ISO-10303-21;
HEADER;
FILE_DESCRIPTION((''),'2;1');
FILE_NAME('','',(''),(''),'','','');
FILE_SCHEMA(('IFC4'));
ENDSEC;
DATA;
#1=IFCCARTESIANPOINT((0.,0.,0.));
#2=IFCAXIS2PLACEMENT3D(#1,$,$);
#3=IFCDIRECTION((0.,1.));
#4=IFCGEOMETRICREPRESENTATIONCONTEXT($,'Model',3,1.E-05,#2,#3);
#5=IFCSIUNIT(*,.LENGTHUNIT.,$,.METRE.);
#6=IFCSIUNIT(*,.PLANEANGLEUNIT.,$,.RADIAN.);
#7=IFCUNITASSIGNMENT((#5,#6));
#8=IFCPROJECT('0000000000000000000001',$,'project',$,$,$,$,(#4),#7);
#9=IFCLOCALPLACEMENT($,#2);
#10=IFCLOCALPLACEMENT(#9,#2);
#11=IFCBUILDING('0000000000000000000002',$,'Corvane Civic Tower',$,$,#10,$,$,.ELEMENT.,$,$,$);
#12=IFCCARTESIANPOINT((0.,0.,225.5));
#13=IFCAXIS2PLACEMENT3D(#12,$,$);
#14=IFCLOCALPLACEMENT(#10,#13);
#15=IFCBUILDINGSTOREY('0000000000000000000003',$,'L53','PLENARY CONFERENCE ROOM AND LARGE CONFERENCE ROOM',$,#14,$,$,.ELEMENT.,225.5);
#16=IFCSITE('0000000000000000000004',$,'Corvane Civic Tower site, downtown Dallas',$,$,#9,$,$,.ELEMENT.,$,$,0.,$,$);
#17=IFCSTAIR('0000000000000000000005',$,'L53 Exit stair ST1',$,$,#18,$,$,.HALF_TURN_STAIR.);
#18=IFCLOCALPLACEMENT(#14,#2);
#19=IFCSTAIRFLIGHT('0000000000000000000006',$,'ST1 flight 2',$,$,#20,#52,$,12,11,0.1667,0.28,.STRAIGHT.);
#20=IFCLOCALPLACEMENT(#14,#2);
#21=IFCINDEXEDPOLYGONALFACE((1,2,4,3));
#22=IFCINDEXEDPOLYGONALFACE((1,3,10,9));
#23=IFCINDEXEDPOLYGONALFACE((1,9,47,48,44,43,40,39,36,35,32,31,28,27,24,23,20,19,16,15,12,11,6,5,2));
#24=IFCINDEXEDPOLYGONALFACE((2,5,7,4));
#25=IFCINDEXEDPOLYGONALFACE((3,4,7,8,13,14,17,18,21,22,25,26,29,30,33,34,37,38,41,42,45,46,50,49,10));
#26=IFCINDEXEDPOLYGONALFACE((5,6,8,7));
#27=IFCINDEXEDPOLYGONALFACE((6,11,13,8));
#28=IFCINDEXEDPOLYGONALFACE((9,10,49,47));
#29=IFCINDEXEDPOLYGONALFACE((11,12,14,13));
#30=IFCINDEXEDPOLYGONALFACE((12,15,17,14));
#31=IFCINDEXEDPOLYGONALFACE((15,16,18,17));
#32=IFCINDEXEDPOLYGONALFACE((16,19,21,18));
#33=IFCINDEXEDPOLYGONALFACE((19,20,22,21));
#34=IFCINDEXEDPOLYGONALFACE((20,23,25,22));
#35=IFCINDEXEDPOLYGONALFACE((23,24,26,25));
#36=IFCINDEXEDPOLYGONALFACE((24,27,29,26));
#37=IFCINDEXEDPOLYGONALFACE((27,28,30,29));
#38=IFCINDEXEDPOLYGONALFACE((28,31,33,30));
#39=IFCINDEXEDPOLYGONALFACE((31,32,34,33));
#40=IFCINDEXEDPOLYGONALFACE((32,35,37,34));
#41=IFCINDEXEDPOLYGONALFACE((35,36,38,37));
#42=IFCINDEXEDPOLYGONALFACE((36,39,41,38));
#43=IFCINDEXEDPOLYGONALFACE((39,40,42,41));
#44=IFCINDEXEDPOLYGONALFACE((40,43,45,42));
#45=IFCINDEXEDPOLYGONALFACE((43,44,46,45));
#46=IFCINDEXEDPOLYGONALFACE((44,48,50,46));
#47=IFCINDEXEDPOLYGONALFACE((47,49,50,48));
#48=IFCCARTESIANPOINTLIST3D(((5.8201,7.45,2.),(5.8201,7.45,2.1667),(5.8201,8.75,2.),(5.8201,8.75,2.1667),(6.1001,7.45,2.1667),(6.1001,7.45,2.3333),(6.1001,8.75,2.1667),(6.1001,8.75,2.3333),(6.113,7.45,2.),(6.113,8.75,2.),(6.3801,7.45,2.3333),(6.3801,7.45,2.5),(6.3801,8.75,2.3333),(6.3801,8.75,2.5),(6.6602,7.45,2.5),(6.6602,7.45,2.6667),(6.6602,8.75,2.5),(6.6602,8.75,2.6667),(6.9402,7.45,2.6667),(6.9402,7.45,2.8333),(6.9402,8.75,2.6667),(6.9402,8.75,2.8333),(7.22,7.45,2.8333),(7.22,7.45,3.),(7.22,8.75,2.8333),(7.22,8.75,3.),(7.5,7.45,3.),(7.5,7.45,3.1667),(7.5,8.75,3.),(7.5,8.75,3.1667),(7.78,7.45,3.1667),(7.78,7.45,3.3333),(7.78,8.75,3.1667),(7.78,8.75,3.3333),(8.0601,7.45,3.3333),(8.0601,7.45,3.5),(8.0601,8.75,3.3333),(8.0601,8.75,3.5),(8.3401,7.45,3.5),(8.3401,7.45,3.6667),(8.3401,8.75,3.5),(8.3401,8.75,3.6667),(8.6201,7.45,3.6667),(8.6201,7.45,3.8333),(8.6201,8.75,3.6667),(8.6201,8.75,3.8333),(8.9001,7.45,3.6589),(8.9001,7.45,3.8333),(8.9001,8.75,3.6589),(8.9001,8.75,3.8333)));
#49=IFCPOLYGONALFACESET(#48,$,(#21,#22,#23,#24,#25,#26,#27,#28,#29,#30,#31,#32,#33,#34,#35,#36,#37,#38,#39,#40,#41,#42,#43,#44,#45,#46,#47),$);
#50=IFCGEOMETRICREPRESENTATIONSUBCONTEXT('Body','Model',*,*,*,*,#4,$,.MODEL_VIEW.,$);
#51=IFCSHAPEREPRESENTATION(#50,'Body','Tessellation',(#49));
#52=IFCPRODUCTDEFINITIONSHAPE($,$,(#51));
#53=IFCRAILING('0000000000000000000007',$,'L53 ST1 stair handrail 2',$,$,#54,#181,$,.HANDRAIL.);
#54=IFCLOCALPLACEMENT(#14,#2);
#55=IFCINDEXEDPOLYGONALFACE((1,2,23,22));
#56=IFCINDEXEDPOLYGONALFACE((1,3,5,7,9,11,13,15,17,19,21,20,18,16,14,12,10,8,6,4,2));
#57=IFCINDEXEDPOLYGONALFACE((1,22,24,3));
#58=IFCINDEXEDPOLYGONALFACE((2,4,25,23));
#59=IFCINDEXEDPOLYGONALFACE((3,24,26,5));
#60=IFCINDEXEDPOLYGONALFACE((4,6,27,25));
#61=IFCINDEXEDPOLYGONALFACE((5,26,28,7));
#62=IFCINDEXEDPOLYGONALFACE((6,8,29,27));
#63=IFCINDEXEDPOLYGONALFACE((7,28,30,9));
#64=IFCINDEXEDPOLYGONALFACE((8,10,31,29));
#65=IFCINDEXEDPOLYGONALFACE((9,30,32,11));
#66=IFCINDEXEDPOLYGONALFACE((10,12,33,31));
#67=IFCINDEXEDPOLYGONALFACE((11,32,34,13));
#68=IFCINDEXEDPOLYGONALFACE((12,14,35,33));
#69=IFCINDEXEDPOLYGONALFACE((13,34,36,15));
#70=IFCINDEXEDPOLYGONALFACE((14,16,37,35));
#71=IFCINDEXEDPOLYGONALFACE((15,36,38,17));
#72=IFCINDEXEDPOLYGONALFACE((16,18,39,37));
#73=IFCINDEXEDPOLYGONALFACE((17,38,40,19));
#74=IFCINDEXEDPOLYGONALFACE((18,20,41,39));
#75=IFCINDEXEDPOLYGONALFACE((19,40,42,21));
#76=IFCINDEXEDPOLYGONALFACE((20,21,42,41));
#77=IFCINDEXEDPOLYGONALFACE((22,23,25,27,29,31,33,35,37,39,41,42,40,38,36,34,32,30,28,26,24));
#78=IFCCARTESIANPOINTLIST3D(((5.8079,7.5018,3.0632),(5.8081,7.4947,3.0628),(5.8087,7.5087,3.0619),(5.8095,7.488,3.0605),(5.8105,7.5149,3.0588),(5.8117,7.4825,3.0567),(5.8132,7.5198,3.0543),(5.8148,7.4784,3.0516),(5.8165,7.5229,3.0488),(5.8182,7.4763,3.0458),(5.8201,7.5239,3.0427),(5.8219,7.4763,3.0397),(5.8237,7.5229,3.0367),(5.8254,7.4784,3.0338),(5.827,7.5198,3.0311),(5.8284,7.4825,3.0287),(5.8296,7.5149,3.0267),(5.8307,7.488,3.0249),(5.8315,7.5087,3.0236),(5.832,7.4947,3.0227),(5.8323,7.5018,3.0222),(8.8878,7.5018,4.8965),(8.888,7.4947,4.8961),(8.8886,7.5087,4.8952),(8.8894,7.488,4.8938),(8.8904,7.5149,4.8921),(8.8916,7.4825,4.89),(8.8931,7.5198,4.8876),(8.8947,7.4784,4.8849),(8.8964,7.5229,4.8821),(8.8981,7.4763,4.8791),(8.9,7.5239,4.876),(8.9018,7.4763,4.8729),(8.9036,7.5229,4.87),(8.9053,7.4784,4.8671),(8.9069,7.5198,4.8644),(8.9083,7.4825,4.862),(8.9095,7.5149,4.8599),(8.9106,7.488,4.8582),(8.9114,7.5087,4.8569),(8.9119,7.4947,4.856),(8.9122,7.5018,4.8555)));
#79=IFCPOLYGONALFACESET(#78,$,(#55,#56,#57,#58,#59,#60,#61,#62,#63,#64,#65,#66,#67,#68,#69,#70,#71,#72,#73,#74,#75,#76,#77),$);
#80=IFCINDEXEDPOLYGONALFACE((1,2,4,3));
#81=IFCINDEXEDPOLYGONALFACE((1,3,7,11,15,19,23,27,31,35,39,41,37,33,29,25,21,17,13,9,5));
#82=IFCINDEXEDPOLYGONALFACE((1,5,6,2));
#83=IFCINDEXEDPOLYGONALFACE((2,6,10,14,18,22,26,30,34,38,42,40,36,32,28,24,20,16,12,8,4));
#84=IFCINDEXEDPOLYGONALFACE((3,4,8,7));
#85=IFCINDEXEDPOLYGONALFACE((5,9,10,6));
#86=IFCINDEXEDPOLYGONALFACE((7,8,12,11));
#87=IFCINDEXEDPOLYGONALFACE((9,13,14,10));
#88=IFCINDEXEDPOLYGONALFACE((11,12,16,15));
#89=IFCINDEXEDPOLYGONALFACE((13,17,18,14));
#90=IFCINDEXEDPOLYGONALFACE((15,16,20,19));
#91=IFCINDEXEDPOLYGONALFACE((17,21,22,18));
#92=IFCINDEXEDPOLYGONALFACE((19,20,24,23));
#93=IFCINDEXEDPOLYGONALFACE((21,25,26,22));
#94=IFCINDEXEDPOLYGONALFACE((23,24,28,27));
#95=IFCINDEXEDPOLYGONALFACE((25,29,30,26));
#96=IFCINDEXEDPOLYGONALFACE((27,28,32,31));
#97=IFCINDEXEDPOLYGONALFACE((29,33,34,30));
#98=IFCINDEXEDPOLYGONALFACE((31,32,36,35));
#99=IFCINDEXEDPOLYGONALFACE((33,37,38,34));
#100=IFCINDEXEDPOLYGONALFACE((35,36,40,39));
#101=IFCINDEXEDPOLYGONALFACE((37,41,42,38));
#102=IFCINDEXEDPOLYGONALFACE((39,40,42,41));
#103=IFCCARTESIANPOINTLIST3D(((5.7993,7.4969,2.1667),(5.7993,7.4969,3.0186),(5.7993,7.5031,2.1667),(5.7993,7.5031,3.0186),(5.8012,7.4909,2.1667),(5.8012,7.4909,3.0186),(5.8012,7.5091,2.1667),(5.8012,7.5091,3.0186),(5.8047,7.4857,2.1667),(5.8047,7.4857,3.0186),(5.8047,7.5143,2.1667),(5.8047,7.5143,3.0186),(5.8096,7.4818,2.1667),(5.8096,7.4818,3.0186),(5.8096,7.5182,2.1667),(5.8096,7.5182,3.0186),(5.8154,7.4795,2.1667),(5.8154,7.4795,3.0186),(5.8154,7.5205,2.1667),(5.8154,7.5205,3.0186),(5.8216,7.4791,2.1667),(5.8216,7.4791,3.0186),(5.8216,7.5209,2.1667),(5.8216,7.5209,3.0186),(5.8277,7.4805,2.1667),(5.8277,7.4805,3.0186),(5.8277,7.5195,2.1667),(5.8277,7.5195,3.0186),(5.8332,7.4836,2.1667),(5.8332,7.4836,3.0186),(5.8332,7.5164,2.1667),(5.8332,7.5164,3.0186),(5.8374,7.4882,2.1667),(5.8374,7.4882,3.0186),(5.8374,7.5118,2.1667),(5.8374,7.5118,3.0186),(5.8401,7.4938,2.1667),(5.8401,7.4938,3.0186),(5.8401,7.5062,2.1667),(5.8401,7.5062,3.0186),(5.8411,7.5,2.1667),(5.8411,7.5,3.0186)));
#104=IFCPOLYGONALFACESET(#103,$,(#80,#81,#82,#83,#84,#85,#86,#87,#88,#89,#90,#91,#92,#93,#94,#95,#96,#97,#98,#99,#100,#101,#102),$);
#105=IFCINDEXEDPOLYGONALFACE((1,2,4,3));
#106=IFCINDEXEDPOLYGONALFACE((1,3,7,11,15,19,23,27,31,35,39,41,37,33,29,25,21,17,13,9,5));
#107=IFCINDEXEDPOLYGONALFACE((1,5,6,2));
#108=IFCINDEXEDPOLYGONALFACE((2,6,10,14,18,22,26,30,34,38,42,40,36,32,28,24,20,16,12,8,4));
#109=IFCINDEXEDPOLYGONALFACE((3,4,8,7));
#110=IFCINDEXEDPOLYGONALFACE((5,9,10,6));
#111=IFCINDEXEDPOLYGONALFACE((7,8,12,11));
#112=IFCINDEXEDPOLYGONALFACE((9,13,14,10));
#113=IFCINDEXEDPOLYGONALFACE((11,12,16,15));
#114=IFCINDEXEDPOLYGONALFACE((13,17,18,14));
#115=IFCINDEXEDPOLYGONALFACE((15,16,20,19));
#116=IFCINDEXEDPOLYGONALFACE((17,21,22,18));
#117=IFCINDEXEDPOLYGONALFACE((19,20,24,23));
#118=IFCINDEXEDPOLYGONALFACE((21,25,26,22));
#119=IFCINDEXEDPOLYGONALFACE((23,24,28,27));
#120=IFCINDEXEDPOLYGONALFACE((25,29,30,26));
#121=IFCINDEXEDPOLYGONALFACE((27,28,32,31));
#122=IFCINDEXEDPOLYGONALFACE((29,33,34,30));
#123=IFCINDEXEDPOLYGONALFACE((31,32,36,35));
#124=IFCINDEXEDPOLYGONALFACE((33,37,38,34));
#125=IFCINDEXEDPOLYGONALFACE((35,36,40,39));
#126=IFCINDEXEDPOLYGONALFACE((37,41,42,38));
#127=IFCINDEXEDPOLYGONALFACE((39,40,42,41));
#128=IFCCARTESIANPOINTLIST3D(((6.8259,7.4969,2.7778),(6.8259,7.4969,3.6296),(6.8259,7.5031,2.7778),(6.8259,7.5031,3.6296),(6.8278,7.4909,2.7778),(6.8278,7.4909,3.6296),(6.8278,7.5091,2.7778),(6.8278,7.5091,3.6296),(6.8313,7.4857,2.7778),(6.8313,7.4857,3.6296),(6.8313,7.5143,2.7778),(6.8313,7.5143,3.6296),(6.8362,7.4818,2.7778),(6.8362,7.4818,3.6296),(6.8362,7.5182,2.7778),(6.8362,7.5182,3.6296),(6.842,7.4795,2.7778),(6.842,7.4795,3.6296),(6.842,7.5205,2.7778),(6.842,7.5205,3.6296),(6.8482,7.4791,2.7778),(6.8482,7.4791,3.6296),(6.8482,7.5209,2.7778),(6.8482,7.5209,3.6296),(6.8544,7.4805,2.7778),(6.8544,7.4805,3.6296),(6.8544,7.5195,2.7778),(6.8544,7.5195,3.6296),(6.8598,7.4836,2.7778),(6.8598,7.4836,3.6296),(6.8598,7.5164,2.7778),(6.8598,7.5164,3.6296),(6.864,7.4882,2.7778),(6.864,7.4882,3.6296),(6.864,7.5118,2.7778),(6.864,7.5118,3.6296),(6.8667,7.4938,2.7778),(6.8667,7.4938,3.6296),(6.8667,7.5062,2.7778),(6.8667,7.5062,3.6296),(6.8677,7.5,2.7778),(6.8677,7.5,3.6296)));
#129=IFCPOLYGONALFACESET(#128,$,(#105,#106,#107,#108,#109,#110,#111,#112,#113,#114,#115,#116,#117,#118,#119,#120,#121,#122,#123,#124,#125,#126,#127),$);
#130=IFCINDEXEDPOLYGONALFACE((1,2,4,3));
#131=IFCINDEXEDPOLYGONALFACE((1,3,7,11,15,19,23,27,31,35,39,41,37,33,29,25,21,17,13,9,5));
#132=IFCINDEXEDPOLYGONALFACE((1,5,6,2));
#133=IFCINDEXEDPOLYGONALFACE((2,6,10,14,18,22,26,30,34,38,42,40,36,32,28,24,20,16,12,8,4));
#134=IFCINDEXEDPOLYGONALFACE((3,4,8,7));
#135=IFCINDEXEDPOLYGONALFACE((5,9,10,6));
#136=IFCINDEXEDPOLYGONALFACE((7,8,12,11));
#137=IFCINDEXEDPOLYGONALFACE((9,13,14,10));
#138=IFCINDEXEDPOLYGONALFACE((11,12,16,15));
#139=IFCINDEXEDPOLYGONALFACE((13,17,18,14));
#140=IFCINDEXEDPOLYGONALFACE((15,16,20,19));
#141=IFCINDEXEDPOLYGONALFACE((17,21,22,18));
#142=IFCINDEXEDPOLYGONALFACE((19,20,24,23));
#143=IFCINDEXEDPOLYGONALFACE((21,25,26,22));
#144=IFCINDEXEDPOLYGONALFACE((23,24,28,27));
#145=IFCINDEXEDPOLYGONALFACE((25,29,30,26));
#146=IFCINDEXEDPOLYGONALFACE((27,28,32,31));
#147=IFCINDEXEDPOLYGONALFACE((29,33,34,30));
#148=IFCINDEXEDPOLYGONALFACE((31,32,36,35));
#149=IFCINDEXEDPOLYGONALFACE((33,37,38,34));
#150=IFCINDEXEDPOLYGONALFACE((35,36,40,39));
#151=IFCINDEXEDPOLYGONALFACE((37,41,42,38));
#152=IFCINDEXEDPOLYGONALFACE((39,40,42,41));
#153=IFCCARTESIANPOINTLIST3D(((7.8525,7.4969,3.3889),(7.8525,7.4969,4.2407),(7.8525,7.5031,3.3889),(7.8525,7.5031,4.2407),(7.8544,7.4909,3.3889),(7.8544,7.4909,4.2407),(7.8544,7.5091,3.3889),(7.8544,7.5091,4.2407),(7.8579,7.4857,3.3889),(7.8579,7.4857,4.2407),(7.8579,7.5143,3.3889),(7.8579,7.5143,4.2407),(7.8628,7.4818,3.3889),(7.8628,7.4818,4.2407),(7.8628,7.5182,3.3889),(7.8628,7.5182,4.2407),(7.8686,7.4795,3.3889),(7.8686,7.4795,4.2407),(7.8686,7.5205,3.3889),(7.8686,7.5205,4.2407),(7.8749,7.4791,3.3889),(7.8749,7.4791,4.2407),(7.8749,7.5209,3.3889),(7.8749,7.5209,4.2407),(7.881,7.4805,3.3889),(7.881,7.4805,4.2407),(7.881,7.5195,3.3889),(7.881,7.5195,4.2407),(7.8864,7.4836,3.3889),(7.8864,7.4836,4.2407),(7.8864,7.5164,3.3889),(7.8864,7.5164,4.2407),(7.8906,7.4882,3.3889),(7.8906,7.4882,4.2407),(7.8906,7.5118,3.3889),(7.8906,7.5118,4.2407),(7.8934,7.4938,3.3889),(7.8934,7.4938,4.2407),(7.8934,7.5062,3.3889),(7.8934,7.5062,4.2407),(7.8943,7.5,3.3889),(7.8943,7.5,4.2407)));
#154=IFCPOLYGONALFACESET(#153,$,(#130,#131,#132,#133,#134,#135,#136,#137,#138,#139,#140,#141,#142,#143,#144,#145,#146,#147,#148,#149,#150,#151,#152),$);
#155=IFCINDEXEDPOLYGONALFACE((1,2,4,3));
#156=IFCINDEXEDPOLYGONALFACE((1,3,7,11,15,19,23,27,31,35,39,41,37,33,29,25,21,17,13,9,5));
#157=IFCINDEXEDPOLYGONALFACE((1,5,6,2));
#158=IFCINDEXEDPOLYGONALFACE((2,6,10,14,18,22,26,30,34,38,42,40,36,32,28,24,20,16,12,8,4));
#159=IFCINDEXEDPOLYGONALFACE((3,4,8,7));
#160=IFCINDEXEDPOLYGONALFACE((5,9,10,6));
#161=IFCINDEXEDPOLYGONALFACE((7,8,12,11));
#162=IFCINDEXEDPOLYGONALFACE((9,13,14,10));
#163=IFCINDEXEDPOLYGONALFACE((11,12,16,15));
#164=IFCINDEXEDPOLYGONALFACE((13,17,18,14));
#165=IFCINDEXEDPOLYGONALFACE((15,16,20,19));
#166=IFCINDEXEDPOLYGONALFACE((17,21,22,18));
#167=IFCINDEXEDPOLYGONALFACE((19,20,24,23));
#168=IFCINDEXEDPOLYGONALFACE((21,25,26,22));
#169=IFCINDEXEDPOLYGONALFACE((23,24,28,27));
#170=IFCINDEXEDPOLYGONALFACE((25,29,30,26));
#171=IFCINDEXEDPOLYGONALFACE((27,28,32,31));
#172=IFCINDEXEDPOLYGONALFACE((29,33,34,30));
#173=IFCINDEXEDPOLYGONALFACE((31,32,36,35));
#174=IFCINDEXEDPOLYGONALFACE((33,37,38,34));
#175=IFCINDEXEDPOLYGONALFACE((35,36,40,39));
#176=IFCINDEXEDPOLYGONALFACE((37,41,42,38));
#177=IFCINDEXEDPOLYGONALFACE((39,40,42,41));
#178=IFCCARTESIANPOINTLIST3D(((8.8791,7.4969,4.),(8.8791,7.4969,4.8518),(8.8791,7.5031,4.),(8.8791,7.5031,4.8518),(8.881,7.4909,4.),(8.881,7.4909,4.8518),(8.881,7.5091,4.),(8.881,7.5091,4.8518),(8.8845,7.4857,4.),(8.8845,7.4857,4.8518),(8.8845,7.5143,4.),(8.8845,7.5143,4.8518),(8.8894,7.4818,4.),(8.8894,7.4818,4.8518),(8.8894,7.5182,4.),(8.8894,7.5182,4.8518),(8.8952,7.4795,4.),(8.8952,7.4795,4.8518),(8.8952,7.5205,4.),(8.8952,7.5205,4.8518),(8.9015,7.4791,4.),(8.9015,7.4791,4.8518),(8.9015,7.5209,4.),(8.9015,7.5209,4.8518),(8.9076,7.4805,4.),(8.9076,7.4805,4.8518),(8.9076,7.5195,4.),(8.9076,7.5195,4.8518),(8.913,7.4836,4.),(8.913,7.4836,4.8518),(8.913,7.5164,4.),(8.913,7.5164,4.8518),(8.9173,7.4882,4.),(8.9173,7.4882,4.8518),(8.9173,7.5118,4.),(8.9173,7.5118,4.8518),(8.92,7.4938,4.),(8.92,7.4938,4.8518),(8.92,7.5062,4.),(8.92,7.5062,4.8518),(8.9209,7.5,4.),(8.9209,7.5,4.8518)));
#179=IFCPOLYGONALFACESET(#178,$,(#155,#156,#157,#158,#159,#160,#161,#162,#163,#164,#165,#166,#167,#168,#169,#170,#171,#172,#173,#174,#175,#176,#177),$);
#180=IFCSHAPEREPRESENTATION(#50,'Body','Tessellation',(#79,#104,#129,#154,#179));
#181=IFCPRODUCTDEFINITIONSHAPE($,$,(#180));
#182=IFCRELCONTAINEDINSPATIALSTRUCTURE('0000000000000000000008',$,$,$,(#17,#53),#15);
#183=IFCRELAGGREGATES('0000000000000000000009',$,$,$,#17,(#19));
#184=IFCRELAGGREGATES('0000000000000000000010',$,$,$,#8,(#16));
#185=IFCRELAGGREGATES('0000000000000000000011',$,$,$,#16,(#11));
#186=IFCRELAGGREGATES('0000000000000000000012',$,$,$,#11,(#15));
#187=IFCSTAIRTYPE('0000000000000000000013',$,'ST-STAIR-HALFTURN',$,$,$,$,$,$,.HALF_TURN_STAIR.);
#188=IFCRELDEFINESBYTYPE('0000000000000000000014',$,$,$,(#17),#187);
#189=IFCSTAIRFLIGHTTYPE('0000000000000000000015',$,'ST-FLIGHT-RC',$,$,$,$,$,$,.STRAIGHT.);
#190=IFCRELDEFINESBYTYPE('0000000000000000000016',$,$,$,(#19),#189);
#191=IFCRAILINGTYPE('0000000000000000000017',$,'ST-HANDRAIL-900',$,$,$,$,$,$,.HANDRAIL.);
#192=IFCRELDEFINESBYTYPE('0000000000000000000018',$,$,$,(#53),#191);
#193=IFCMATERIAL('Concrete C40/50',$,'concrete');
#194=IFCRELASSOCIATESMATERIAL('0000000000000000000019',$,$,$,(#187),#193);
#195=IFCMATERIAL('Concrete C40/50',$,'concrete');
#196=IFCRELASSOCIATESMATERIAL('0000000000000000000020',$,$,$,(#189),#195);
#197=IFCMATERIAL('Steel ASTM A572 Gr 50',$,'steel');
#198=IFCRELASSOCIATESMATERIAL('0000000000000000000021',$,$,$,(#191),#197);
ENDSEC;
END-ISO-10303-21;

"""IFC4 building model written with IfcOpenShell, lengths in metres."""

from ifc_helpers import new_model, si_unit, direction, frame, origin, origin_2d, place, context, subcontext, project, spatial, polyline, circle, outline, extrude, material, type_object, element, aggregate, save


model = new_model("IFC4")

# Units and contexts
model_context = context("Model", 3, precision=1e-05, world=origin(), true_north=direction((0.0, 1.0)))
body_context = subcontext(model_context, "Body", "Model", "MODEL_VIEW")
ifc_project = project(units=[si_unit("LENGTHUNIT", "METRE"), si_unit("PLANEANGLEUNIT", "RADIAN")], contexts=[model_context])

# Site, building, storey
site_placement = place(None, origin())
site = spatial("IfcSite", under=ifc_project, at=site_placement, Name="Corvane Civic Tower site, downtown Dallas", CompositionType="ELEMENT", RefElevation=0.0)
building_placement = place(site_placement, origin())
building = spatial("IfcBuilding", under=site, at=building_placement, Name="Corvane Civic Tower", CompositionType="ELEMENT")
storey_placement = place(building_placement, frame((0.0, 0.0, 225.5)))
storey = spatial("IfcBuildingStorey", under=building, at=storey_placement, Name="L53", Description="PLENARY CONFERENCE ROOM AND LARGE CONFERENCE ROOM", CompositionType="ELEMENT", Elevation=225.5)

# Stair, stair flight
ifc_material_1 = material(Name="Concrete C40/50", Category="concrete")
stair_type = type_object("IfcStairType", Name="ST-STAIR-HALFTURN", PredefinedType="HALF_TURN_STAIR", material=ifc_material_1)
stair_placement = place(storey_placement, origin())
stair = element("IfcStair", 1, at=stair_placement, inside=storey, type_object=stair_type, Name="L53 Exit stair ST1", PredefinedType="HALF_TURN_STAIR")
ifc_material_2 = material(Name="Concrete C40/50", Category="concrete")
stair_flight_type = type_object("IfcStairFlightType", Name="ST-FLIGHT-RC", PredefinedType="STRAIGHT", material=ifc_material_2)
stair_flight_placement = place(storey_placement, frame((5.8201, 8.1001, 2.0), z_axis=(0.0, 0.0, 1.0), x_axis=(1.0, 0.0, 0.0)))
stair_flight = element("IfcStairFlight", 2, at=stair_flight_placement, type_object=stair_flight_type, Name="ST1 flight 2", NumberOfRisers=12, NumberOfTreads=11, PredefinedType="STRAIGHT", RiserHeight=0.1667, TreadLength=0.28, context=body_context, shape_type="SweptSolid", body=[
    extrude(outline(polyline([(0.0, 0.0), (0.0, 0.1667), (0.28, 0.1667), (0.28, 0.3333), (0.5601, 0.3333), (0.5601, 0.5), (0.8401, 0.5), (0.8401, 0.6667), (1.1201, 0.6667), (1.1201, 0.8333), (1.3999, 0.8333), (1.3999, 1.0), (1.6799, 1.0), (1.6799, 1.1667), (1.96, 1.1667), (1.96, 1.3333), (2.24, 1.3333), (2.24, 1.5), (2.52, 1.5), (2.52, 1.6667), (2.8, 1.6667), (2.8, 1.8333), (3.0801, 1.8333), (3.0801, 2.0), (3.0801, 1.6589), (0.293, 0.0), (0.0, 0.0)])), frame((0.0, 0.6499, 0.0), z_axis=(0.0, -1.0, 0.0), x_axis=(1.0, 0.0, 0.0)), (0.0, 0.0, 1.0), 1.3),
])
aggregate(stair, [stair_flight])

# Railing
ifc_material_3 = material(Name="Steel ASTM A572 Gr 50", Category="steel")
railing_type_1 = type_object("IfcRailingType", Name="ST-HANDRAIL-900", PredefinedType="HANDRAIL", material=ifc_material_3)
railing_1_placement = place(storey_placement, frame((5.8201, 7.5, 2.1667)))
element("IfcRailing", 3, at=railing_1_placement, inside=storey, type_object=railing_type_1, Name="L53 ST1 stair handrail 2", PredefinedType="HANDRAIL", context=body_context, shape_type="SweptSolid", body=[
    extrude(circle(Radius=0.0239, at=origin_2d()), frame((0.0, 0.0, 0.876), z_axis=(0.859291, 0.0, 0.511487), x_axis=(0.0, 1.0, 0.0)), (0.0, 0.0, 1.0), 3.5842),
    extrude(circle(Radius=0.021, at=origin_2d()), origin(), (0.0, 0.0, 1.0), 0.8518),
    extrude(circle(Radius=0.021, at=origin_2d()), frame((1.0266, 0.0, 0.6111)), (0.0, 0.0, 1.0), 0.8518),
    extrude(circle(Radius=0.021, at=origin_2d()), frame((2.0532, 0.0, 1.2222)), (0.0, 0.0, 1.0), 0.8518),
    extrude(circle(Radius=0.021, at=origin_2d()), frame((3.0798, 0.0, 1.8333)), (0.0, 0.0, 1.0), 0.8518),
])

save(model, "model.ifc")
